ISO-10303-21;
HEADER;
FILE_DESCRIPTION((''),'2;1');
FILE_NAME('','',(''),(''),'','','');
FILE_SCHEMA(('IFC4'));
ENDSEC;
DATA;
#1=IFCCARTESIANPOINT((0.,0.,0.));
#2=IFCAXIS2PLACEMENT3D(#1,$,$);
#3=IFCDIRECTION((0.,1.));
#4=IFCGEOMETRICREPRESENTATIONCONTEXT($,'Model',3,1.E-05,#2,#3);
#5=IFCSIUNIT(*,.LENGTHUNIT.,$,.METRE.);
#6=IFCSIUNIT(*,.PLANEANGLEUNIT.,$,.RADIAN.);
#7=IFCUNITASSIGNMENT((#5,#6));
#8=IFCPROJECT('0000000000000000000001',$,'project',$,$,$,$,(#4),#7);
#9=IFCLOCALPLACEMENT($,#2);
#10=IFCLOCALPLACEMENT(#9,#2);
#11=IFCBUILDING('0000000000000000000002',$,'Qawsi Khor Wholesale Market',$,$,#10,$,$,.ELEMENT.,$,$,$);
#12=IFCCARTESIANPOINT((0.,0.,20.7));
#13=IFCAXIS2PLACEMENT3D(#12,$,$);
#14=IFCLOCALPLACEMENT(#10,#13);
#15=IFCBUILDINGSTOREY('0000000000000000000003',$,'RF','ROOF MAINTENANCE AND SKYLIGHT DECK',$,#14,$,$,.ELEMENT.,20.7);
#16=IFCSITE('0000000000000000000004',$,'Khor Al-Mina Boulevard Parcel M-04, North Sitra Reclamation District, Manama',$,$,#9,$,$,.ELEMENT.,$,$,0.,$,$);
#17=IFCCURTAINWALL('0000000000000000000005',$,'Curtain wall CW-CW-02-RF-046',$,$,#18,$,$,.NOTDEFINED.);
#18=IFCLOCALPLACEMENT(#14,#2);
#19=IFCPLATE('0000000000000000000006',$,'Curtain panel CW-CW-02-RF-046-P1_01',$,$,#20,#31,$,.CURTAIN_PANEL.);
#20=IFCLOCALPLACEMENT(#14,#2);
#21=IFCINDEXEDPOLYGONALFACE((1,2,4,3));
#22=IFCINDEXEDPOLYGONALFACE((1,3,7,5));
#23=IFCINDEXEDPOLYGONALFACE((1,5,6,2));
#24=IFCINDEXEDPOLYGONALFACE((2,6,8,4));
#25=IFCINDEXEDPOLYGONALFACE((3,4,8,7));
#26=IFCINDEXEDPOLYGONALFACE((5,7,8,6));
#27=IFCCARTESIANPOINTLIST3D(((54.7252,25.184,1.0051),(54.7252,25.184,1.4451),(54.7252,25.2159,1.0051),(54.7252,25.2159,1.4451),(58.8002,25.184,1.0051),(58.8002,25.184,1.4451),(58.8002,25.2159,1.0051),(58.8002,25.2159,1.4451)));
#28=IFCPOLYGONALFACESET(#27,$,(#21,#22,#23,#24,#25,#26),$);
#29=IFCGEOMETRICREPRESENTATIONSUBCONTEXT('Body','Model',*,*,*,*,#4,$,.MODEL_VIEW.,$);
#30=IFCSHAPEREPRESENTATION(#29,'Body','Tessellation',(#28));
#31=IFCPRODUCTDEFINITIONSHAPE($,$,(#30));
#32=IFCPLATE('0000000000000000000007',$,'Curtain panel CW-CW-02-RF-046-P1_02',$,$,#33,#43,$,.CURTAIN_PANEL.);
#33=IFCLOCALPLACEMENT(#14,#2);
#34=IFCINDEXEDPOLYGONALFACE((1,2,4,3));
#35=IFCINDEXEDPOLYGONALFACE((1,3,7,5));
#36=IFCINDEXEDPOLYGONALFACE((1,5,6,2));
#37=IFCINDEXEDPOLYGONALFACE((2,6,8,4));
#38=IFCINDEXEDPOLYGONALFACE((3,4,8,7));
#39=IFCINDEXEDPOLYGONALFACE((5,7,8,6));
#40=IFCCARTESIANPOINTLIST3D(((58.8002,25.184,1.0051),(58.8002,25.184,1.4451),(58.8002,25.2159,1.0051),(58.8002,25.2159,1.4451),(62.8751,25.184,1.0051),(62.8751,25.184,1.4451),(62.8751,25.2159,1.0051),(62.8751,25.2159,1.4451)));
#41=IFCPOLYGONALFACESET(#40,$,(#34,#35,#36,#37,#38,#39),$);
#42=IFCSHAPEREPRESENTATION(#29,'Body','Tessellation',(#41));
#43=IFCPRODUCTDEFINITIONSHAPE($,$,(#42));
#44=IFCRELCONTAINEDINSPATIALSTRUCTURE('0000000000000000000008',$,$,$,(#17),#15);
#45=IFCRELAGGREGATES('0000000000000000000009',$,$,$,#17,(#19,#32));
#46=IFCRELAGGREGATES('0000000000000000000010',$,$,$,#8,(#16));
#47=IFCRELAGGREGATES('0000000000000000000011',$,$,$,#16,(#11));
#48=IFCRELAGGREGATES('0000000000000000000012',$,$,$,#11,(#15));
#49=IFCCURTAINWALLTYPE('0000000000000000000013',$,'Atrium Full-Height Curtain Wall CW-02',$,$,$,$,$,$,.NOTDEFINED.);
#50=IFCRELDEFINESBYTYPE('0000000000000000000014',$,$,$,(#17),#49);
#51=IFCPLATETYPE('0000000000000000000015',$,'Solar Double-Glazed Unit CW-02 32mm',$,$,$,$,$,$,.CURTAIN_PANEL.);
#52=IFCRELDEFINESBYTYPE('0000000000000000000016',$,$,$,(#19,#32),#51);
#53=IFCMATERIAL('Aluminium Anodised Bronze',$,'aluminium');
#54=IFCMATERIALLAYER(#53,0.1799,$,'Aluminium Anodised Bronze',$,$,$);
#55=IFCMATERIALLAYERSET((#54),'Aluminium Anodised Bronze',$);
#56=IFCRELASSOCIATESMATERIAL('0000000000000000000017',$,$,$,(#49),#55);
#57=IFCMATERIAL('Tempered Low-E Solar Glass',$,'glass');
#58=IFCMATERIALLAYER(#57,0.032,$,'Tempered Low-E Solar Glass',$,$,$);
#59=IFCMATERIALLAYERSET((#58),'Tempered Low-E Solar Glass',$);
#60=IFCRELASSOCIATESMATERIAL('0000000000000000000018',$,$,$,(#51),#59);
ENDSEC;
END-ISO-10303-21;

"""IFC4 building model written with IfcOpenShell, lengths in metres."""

from ifc_helpers import new_model, si_unit, direction, frame, frame_2d, origin, place, context, subcontext, project, spatial, rectangle, extrude, material, layer, layer_set, type_object, element, aggregate, save


model = new_model("IFC4")

# Units and contexts
model_context = context("Model", 3, precision=1e-05, world=origin(), true_north=direction((0.0, 1.0)))
body_context = subcontext(model_context, "Body", "Model", "MODEL_VIEW")
ifc_project = project(units=[si_unit("LENGTHUNIT", "METRE"), si_unit("PLANEANGLEUNIT", "RADIAN")], contexts=[model_context])

# Site, building, storey
site_placement = place(None, origin())
site = spatial("IfcSite", under=ifc_project, at=site_placement, Name="Khor Al-Mina Boulevard Parcel M-04, North Sitra Reclamation District, Manama", CompositionType="ELEMENT", RefElevation=0.0)
building_placement = place(site_placement, origin())
building = spatial("IfcBuilding", under=site, at=building_placement, Name="Qawsi Khor Wholesale Market", CompositionType="ELEMENT")
storey_placement = place(building_placement, frame((0.0, 0.0, 20.7)))
storey = spatial("IfcBuildingStorey", under=building, at=storey_placement, Name="RF", Description="ROOF MAINTENANCE AND SKYLIGHT DECK", CompositionType="ELEMENT", Elevation=20.7)

# Curtain wall
ifc_material_1 = material(Name="Aluminium Anodised Bronze", Category="aluminium")
ifc_layer_1 = layer(ifc_material_1, 0.1799, Name="Aluminium Anodised Bronze")
ifc_layer_set_1 = layer_set([ifc_layer_1], Name="Aluminium Anodised Bronze")
curtain_wall_type = type_object("IfcCurtainWallType", Name="Atrium Full-Height Curtain Wall CW-02", PredefinedType="NOTDEFINED", material=ifc_layer_set_1)
curtain_wall_1_placement = place(storey_placement, origin())
curtain_wall_1 = element("IfcCurtainWall", 1, at=curtain_wall_1_placement, inside=storey, type_object=curtain_wall_type, Name="Curtain wall CW-CW-02-RF-046", PredefinedType="NOTDEFINED")

# Plates
ifc_material_2 = material(Name="Tempered Low-E Solar Glass", Category="glass")
ifc_layer_2 = layer(ifc_material_2, 0.032, Name="Tempered Low-E Solar Glass")
ifc_layer_set_2 = layer_set([ifc_layer_2], Name="Tempered Low-E Solar Glass")
plate_type = type_object("IfcPlateType", Name="Solar Double-Glazed Unit CW-02 32mm", PredefinedType="CURTAIN_PANEL", material=ifc_layer_set_2)
plate_1_placement = place(storey_placement, frame((54.7251, 25.2, 1.0051), z_axis=(0.0, 0.0, 1.0), x_axis=(1.0, 0.0, 0.0)))
plate_1 = element("IfcPlate", 2, at=plate_1_placement, type_object=plate_type, Name="Curtain panel CW-CW-02-RF-046-P1_01", PredefinedType="CURTAIN_PANEL", context=body_context, shape_type="SweptSolid", body=[
    extrude(rectangle(XDim=4.075, YDim=0.032, at=frame_2d((2.0376, 0.0))), origin(), (0.0, 0.0, 1.0), 0.4399),
])
plate_2_placement = place(storey_placement, frame((58.8, 25.2, 1.0051), z_axis=(0.0, 0.0, 1.0), x_axis=(1.0, 0.0, 0.0)))
plate_2 = element("IfcPlate", 3, at=plate_2_placement, type_object=plate_type, Name="Curtain panel CW-CW-02-RF-046-P1_02", PredefinedType="CURTAIN_PANEL", context=body_context, shape_type="SweptSolid", body=[
    extrude(rectangle(XDim=4.075, YDim=0.032, at=frame_2d((2.0376, 0.0))), origin(), (0.0, 0.0, 1.0), 0.4399),
])
aggregate(curtain_wall_1, [plate_1, plate_2])

save(model, "model.ifc")
